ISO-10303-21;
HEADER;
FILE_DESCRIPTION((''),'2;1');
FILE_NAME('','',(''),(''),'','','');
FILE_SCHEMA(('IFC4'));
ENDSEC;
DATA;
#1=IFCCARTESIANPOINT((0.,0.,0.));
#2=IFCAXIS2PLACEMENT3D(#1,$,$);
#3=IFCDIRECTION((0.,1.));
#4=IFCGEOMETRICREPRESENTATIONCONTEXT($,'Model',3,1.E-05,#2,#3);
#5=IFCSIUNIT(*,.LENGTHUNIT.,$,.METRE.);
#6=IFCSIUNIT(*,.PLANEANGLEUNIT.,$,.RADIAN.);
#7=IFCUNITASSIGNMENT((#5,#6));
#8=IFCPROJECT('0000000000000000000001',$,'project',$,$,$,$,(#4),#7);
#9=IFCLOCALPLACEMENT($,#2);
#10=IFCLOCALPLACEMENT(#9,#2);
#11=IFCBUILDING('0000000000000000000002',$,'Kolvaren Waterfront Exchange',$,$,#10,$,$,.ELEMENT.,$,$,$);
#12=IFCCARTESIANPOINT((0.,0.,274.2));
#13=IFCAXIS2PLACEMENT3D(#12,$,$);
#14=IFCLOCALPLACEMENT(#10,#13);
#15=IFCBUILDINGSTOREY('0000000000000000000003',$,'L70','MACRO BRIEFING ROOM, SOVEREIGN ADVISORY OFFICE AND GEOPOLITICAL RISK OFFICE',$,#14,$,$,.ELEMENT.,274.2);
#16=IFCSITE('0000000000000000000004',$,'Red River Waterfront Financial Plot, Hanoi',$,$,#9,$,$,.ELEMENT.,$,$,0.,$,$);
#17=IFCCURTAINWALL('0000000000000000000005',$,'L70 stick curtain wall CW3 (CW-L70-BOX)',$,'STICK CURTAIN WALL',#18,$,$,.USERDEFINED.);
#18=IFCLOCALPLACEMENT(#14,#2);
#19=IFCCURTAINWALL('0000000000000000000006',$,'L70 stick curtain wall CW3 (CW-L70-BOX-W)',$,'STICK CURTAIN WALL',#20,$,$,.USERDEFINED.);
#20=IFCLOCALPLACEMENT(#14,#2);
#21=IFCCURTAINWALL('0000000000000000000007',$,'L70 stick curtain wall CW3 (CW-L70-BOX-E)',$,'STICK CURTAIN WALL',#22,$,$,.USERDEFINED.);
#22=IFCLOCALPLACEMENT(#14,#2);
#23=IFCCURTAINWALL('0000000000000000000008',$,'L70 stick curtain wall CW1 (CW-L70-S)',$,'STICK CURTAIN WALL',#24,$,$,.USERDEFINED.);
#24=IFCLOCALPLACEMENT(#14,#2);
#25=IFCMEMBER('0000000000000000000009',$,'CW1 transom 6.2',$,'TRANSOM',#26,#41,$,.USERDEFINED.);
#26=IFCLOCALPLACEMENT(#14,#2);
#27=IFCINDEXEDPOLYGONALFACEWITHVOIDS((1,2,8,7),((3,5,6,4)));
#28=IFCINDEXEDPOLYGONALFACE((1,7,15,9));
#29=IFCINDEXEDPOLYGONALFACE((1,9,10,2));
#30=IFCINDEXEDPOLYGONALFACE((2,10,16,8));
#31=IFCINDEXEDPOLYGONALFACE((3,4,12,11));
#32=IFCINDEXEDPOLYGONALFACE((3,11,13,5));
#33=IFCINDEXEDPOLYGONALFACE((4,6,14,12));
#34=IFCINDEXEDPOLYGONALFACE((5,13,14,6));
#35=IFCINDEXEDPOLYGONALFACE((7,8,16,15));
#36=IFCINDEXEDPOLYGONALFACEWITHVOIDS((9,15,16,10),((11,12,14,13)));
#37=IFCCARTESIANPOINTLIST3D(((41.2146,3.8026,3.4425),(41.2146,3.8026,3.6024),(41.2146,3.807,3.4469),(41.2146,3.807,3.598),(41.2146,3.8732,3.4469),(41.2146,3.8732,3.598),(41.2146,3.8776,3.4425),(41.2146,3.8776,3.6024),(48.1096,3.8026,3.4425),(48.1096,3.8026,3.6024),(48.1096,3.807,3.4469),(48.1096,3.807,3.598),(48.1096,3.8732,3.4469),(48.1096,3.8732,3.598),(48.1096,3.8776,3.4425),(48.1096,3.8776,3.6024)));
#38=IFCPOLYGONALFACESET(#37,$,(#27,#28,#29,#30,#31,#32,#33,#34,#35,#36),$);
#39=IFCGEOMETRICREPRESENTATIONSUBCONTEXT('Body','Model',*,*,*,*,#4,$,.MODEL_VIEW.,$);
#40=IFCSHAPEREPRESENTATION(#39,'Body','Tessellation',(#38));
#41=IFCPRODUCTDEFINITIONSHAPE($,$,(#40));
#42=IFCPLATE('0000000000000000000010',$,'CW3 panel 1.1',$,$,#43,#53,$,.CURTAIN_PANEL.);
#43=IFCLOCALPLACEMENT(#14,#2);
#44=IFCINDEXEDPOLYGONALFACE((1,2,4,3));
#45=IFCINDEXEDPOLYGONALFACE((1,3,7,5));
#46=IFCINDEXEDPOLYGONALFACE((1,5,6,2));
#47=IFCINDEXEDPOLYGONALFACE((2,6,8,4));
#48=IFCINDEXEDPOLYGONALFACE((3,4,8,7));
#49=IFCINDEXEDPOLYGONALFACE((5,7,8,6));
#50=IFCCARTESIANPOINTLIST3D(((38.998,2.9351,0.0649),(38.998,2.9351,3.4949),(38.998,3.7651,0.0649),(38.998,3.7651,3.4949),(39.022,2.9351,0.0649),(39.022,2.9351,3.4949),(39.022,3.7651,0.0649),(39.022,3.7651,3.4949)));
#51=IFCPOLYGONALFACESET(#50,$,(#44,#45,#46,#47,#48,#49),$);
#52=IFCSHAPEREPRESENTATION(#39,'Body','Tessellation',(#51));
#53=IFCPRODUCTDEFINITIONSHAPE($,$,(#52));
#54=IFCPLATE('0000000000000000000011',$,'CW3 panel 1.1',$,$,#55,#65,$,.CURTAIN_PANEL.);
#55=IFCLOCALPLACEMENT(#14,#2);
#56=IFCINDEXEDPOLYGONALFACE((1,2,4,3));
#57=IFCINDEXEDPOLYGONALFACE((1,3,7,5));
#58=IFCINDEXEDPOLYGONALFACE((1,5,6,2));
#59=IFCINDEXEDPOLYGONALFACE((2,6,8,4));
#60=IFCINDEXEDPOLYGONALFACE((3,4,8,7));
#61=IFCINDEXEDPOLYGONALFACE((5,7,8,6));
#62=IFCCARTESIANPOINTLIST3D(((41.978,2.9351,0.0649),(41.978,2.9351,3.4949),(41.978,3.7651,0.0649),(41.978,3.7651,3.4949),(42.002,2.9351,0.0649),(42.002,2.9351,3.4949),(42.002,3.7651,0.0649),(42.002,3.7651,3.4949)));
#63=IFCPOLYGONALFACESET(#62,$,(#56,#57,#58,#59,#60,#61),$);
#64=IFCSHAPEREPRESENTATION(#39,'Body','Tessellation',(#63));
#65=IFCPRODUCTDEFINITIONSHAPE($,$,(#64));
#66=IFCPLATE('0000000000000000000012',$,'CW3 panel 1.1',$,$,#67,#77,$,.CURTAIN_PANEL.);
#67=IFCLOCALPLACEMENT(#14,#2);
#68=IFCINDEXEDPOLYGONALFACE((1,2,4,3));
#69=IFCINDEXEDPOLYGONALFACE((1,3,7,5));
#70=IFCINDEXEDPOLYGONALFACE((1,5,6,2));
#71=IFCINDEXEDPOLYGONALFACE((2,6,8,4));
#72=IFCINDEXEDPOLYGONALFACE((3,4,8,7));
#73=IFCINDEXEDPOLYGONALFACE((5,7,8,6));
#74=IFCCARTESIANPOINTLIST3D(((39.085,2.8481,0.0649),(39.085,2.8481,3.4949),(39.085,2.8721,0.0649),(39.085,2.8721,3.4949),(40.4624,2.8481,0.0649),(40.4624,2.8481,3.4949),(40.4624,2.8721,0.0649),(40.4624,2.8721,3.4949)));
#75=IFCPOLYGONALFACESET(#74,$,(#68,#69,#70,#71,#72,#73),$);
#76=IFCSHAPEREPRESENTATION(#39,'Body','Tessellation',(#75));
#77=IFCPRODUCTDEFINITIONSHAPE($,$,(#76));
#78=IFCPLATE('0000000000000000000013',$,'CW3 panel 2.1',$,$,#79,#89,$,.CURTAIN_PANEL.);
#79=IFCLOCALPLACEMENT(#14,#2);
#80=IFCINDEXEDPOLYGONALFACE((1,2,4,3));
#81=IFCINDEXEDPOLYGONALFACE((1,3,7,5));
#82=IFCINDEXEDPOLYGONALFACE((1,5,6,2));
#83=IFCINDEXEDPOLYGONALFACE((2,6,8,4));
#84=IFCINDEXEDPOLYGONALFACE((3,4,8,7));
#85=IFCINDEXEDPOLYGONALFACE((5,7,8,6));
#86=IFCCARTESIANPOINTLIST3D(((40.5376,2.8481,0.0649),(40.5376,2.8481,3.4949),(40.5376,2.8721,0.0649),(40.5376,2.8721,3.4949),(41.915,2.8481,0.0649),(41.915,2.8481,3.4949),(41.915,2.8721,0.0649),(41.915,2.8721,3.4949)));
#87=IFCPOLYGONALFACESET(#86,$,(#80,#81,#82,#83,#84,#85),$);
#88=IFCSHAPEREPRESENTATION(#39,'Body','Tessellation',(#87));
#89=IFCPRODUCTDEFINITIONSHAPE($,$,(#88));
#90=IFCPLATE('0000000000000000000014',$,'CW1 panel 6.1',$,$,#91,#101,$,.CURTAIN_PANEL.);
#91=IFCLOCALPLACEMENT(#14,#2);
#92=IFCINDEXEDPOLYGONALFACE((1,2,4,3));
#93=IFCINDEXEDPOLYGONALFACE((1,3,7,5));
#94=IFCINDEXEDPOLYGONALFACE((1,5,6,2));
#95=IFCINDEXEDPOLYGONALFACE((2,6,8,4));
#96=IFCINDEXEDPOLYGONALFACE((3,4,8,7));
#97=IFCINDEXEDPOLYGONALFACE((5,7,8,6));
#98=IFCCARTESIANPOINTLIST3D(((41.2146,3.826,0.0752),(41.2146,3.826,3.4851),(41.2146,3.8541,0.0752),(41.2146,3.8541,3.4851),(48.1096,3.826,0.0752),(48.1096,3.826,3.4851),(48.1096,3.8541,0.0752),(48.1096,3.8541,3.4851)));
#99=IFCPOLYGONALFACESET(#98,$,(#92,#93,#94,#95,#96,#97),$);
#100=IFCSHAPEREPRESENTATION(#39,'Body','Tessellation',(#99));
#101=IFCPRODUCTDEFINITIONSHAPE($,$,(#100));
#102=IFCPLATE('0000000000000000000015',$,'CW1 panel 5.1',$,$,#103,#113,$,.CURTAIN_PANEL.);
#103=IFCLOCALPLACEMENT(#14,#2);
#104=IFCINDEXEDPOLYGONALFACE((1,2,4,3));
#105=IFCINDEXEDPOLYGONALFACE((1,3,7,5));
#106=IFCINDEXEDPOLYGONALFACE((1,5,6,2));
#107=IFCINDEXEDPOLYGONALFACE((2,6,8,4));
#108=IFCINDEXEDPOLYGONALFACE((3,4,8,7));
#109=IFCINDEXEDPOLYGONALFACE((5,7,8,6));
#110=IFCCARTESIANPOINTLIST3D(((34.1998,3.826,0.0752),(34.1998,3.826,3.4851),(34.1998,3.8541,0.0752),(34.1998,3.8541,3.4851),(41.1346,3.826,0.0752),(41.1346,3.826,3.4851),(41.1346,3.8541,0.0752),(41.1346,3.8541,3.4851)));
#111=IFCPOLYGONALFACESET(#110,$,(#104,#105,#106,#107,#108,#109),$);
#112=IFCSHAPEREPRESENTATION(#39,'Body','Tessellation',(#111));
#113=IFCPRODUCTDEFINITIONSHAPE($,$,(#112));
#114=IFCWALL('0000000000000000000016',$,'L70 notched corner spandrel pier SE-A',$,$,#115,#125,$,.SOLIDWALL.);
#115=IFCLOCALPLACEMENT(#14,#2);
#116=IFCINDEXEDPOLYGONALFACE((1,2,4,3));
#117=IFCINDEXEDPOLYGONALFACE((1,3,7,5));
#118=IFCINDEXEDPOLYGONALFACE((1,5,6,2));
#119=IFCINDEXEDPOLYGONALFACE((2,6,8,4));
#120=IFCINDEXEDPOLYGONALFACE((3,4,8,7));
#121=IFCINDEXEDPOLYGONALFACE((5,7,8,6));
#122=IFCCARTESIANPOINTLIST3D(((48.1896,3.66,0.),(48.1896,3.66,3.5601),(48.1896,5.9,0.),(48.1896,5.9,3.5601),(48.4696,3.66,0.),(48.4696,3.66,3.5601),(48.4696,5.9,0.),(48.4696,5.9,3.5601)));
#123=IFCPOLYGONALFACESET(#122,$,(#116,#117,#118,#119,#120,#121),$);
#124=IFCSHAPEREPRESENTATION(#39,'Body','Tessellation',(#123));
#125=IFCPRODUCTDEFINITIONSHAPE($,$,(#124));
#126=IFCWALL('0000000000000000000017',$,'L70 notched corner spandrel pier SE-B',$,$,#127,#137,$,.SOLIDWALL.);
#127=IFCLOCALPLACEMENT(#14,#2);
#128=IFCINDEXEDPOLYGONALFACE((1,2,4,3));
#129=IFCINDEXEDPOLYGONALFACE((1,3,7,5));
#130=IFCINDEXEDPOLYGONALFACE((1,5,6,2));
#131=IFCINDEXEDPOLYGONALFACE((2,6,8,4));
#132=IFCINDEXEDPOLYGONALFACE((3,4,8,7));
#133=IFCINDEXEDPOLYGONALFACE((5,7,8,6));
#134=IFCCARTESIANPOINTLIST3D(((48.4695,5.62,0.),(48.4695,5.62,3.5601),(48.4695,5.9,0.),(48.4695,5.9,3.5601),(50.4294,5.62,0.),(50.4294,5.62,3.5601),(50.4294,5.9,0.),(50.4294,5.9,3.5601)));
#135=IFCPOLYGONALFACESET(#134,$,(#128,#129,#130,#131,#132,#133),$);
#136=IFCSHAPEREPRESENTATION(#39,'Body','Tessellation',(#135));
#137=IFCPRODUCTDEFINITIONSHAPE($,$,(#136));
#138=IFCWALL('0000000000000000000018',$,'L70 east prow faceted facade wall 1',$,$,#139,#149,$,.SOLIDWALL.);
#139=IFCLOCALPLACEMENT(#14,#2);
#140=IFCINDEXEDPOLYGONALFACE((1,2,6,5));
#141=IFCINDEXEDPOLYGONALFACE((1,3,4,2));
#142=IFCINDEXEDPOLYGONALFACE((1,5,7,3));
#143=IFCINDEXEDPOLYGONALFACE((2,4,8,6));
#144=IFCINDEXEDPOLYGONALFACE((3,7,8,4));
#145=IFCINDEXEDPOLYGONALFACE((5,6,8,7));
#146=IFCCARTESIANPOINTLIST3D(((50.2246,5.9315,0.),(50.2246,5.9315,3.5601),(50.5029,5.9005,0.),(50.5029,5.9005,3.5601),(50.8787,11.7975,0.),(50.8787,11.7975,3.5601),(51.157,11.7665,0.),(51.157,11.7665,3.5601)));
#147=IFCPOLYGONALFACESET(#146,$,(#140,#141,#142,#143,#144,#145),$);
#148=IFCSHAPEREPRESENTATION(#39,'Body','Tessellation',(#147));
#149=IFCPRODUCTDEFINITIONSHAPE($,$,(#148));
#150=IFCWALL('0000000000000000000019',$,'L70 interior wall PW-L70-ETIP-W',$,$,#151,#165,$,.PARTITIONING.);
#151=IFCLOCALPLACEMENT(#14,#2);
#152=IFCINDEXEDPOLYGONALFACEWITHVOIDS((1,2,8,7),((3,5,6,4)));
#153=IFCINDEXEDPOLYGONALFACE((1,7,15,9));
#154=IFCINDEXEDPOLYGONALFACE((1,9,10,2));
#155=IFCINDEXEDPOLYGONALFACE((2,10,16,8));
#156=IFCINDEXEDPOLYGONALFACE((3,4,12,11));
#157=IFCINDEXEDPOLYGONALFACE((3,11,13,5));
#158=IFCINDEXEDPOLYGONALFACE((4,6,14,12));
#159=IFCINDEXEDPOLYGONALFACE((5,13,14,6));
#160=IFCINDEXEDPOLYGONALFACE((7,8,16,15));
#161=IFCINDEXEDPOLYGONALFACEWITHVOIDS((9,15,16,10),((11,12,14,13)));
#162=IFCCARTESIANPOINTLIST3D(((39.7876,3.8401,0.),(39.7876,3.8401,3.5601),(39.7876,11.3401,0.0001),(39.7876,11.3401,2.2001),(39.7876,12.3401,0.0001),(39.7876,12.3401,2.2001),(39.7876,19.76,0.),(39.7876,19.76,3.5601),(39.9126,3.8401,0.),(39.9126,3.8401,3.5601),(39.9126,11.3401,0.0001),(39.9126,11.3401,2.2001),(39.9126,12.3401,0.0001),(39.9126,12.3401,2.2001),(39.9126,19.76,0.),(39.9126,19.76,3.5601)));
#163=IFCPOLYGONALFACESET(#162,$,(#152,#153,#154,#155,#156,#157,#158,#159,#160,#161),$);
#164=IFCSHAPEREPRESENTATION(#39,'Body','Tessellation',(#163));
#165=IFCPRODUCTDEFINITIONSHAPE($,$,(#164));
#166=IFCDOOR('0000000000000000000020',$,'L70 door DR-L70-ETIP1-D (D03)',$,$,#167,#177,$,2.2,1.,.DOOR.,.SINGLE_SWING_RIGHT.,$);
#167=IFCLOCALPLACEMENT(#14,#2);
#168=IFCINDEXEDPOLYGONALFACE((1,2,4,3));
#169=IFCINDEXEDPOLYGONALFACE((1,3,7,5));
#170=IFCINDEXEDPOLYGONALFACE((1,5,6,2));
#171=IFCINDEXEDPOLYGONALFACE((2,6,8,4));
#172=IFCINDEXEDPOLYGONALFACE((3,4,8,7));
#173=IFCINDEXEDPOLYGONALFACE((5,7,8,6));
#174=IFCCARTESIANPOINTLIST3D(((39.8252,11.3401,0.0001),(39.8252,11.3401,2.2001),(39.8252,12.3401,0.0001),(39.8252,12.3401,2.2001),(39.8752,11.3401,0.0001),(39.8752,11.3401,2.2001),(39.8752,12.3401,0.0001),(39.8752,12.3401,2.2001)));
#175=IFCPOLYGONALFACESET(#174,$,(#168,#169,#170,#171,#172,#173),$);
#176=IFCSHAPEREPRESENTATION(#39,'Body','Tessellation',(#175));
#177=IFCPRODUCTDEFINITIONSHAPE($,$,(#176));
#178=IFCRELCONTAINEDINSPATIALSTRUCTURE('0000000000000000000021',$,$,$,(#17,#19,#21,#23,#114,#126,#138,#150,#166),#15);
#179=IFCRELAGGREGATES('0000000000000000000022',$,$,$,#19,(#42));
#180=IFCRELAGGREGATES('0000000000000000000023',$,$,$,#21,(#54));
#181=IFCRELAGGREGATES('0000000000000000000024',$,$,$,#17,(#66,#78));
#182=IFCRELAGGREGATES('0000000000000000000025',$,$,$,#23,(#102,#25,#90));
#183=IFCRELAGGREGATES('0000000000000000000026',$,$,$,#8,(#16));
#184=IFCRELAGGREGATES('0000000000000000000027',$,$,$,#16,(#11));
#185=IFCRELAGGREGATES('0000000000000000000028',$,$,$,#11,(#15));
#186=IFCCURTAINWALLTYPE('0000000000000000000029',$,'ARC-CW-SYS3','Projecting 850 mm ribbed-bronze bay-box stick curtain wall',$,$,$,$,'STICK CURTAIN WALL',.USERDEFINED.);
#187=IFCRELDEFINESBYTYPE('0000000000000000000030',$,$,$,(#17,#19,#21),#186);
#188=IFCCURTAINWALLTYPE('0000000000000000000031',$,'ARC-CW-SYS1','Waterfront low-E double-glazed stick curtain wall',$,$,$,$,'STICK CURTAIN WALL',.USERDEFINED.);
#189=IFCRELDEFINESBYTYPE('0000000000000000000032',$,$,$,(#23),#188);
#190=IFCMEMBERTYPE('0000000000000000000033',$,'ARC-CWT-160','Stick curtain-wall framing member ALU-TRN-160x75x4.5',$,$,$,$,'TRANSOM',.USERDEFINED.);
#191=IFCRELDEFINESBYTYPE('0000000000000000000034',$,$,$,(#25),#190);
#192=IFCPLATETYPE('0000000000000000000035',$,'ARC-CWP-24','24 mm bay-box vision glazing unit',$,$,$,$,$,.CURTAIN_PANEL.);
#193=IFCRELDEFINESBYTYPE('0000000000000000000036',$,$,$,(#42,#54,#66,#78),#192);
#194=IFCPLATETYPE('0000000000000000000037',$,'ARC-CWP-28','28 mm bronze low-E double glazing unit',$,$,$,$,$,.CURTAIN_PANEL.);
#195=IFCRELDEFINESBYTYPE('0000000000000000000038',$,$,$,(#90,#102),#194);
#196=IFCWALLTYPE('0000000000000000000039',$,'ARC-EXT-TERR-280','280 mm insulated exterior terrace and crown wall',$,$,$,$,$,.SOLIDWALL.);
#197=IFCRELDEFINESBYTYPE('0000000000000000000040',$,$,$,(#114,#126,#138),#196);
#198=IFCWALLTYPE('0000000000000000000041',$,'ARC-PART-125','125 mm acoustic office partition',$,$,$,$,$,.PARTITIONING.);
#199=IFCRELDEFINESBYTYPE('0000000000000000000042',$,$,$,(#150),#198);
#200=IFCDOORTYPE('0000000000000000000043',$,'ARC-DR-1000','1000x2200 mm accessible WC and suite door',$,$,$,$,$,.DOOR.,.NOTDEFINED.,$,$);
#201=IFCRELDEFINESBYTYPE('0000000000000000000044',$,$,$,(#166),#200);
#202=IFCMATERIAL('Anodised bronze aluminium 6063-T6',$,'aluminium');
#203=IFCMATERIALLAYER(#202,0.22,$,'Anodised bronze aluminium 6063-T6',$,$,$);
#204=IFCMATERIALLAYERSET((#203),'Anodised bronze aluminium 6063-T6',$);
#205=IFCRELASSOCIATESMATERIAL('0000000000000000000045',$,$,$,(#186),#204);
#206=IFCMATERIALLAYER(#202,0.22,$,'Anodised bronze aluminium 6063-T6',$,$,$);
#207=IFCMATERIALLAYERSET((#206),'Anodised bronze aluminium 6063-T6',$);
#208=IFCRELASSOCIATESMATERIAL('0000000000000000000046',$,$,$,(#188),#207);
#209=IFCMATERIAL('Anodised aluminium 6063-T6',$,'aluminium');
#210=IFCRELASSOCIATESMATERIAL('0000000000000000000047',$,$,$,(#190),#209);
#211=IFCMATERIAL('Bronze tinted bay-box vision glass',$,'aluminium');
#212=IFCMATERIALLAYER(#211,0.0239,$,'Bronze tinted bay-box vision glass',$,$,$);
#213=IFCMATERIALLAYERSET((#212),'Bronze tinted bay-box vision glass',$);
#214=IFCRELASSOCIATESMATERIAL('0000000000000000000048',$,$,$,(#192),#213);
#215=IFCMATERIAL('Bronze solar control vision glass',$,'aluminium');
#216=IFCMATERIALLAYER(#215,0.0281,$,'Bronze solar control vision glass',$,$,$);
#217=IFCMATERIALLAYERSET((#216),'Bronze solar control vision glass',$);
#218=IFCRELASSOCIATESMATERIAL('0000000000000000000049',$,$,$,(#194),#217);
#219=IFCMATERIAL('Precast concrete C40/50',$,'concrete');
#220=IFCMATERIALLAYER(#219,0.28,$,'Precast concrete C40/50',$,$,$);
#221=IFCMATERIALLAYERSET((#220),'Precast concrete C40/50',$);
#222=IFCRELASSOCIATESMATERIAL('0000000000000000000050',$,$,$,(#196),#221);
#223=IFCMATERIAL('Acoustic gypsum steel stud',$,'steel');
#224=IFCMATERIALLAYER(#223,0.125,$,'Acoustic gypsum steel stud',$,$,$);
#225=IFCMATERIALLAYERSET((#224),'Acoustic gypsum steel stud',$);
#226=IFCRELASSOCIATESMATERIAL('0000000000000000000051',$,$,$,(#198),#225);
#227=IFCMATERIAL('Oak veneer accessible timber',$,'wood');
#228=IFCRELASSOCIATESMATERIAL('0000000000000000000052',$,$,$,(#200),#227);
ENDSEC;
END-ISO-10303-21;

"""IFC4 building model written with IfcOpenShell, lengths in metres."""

from ifc_helpers import new_model, si_unit, direction, frame, frame_2d, origin, origin_with_axes, origin_2d, place, context, subcontext, project, spatial, rectangle, hollow_rectangle, extrude, source, transform, mapped, material, layer, layer_set, material_profile, profile_set, type_object, element, fill, aggregate, save


model = new_model("IFC4")

# Units and contexts
model_context = context("Model", 3, precision=1e-05, world=origin(), true_north=direction((0.0, 1.0)))
body_context = subcontext(model_context, "Body", "Model", "MODEL_VIEW")
ifc_project = project(units=[si_unit("LENGTHUNIT", "METRE"), si_unit("PLANEANGLEUNIT", "RADIAN")], contexts=[model_context])

# Site, building, storey
site_placement = place(None, origin())
site = spatial("IfcSite", under=ifc_project, at=site_placement, Name="Red River Waterfront Financial Plot, Hanoi", CompositionType="ELEMENT", RefElevation=0.0)
building_placement = place(site_placement, origin())
building = spatial("IfcBuilding", under=site, at=building_placement, Name="Kolvaren Waterfront Exchange", CompositionType="ELEMENT")
storey_placement = place(building_placement, frame((0.0, 0.0, 274.2)))
storey = spatial("IfcBuildingStorey", under=building, at=storey_placement, Name="L70", Description="MACRO BRIEFING ROOM, SOVEREIGN ADVISORY OFFICE AND GEOPOLITICAL RISK OFFICE", CompositionType="ELEMENT", Elevation=274.2)

# Curtain walls
ifc_material_1 = material(Name="Anodised bronze aluminium 6063-T6", Category="aluminium")
ifc_layer_1 = layer(ifc_material_1, 0.22, Name="Anodised bronze aluminium 6063-T6")
ifc_layer_set_1 = layer_set([ifc_layer_1], Name="Anodised bronze aluminium 6063-T6")
curtain_wall_type_1 = type_object("IfcCurtainWallType", Name="ARC-CW-SYS3", Description="Projecting 850 mm ribbed-bronze bay-box stick curtain wall", ElementType="STICK CURTAIN WALL", PredefinedType="USERDEFINED", material=ifc_layer_set_1)
curtain_wall_1_placement = place(storey_placement, origin())
curtain_wall_1 = element("IfcCurtainWall", 1, at=curtain_wall_1_placement, inside=storey, type_object=curtain_wall_type_1, Name="L70 stick curtain wall CW3 (CW-L70-BOX)", ObjectType="STICK CURTAIN WALL", PredefinedType="USERDEFINED")
curtain_wall_2_placement = place(storey_placement, origin())
curtain_wall_2 = element("IfcCurtainWall", 2, at=curtain_wall_2_placement, inside=storey, type_object=curtain_wall_type_1, Name="L70 stick curtain wall CW3 (CW-L70-BOX-W)", ObjectType="STICK CURTAIN WALL", PredefinedType="USERDEFINED")
curtain_wall_3_placement = place(storey_placement, origin())
curtain_wall_3 = element("IfcCurtainWall", 3, at=curtain_wall_3_placement, inside=storey, type_object=curtain_wall_type_1, Name="L70 stick curtain wall CW3 (CW-L70-BOX-E)", ObjectType="STICK CURTAIN WALL", PredefinedType="USERDEFINED")

# Curtain wall, member
ifc_layer_2 = layer(ifc_material_1, 0.22, Name="Anodised bronze aluminium 6063-T6")
ifc_layer_set_2 = layer_set([ifc_layer_2], Name="Anodised bronze aluminium 6063-T6")
curtain_wall_type_2 = type_object("IfcCurtainWallType", Name="ARC-CW-SYS1", Description="Waterfront low-E double-glazed stick curtain wall", ElementType="STICK CURTAIN WALL", PredefinedType="USERDEFINED", material=ifc_layer_set_2)
curtain_wall_4_placement = place(storey_placement, origin())
curtain_wall_4 = element("IfcCurtainWall", 4, at=curtain_wall_4_placement, inside=storey, type_object=curtain_wall_type_2, Name="L70 stick curtain wall CW1 (CW-L70-S)", ObjectType="STICK CURTAIN WALL", PredefinedType="USERDEFINED")
ifc_material_2 = material(Name="Anodised aluminium 6063-T6", Category="aluminium")
ifc_material_profile_1 = material_profile(ifc_material_2, hollow_rectangle(XDim=0.075, YDim=0.1599, WallThickness=0.0044, at=origin_2d()), Name="ALU-TRN-160x75x4.5")
ifc_profile_set_1 = profile_set([ifc_material_profile_1], Name="Anodised aluminium 6063-T6")
member_type_1 = type_object("IfcMemberType", Name="ARC-CWT-160", Description="Stick curtain-wall framing member ALU-TRN-160x75x4.5", ElementType="TRANSOM", PredefinedType="USERDEFINED", material=ifc_profile_set_1)
shared_shape_1 = source(origin_with_axes(), body_context, "Body", "SweptSolid", [
    extrude(hollow_rectangle(XDim=0.075, YDim=0.1599, WallThickness=0.0044, at=origin_2d()), origin(), (0.0, 0.0, 1.0), 6.895),
])
member_1_placement = place(storey_placement, frame((41.2146, 3.8401, 3.5225), z_axis=(1.0, 0.0, 0.0), x_axis=(0.0, 1.0, 0.0)))
member_1 = element("IfcMember", 5, at=member_1_placement, type_object=member_type_1, Name="CW1 transom 6.2", ObjectType="TRANSOM", PredefinedType="USERDEFINED", context=body_context, shape_type="MappedRepresentation", body=[
    mapped(shared_shape_1, transform((0.0, 0.0, 0.0), x_axis=(1.0, 0.0, 0.0), y_axis=(0.0, 1.0, 0.0), z_axis=(0.0, 0.0, 1.0), scale=1.0)),
])

# Plates
ifc_material_3 = material(Name="Bronze tinted bay-box vision glass", Category="aluminium")
ifc_layer_3 = layer(ifc_material_3, 0.0239, Name="Bronze tinted bay-box vision glass")
ifc_layer_set_3 = layer_set([ifc_layer_3], Name="Bronze tinted bay-box vision glass")
plate_type_1 = type_object("IfcPlateType", Name="ARC-CWP-24", Description="24 mm bay-box vision glazing unit", PredefinedType="CURTAIN_PANEL", material=ifc_layer_set_3)
shared_shape_2 = source(origin_with_axes(), body_context, "Body", "SweptSolid", [
    extrude(rectangle(XDim=0.8301, YDim=0.0239, at=origin_2d()), origin(), (0.0, 0.0, 1.0), 3.4299),
])
plate_1_placement = place(storey_placement, frame((39.01, 3.3501, 0.0649), z_axis=(0.0, 0.0, 1.0), x_axis=(0.0, -1.0, 0.0)))
plate_1 = element("IfcPlate", 6, at=plate_1_placement, type_object=plate_type_1, Name="CW3 panel 1.1", PredefinedType="CURTAIN_PANEL", context=body_context, shape_type="MappedRepresentation", body=[
    mapped(shared_shape_2, transform((0.0, 0.0, 0.0), x_axis=(1.0, 0.0, 0.0), y_axis=(0.0, 1.0, 0.0), z_axis=(0.0, 0.0, 1.0), scale=1.0)),
])
aggregate(curtain_wall_2, [plate_1])
plate_2_placement = place(storey_placement, frame((41.99, 3.3501, 0.0649), z_axis=(0.0, 0.0, 1.0), x_axis=(0.0, 1.0, 0.0)))
plate_2 = element("IfcPlate", 7, at=plate_2_placement, type_object=plate_type_1, Name="CW3 panel 1.1", PredefinedType="CURTAIN_PANEL", context=body_context, shape_type="MappedRepresentation", body=[
    mapped(shared_shape_2, transform((0.0, 0.0, 0.0), x_axis=(1.0, 0.0, 0.0), y_axis=(0.0, 1.0, 0.0), z_axis=(0.0, 0.0, 1.0), scale=1.0)),
])
aggregate(curtain_wall_3, [plate_2])
shared_shape_3 = source(origin_with_axes(), body_context, "Body", "SweptSolid", [
    extrude(rectangle(XDim=1.3774, YDim=0.0239, at=origin_2d()), origin(), (0.0, 0.0, 1.0), 3.4299),
])
plate_3_placement = place(storey_placement, frame((39.7737, 2.8601, 0.0649), z_axis=(0.0, 0.0, 1.0), x_axis=(1.0, 0.0, 0.0)))
plate_3 = element("IfcPlate", 8, at=plate_3_placement, type_object=plate_type_1, Name="CW3 panel 1.1", PredefinedType="CURTAIN_PANEL", context=body_context, shape_type="MappedRepresentation", body=[
    mapped(shared_shape_3, transform((0.0, 0.0, 0.0), x_axis=(1.0, 0.0, 0.0), y_axis=(0.0, 1.0, 0.0), z_axis=(0.0, 0.0, 1.0), scale=1.0)),
])
plate_4_placement = place(storey_placement, frame((41.2263, 2.8601, 0.0649), z_axis=(0.0, 0.0, 1.0), x_axis=(1.0, 0.0, 0.0)))
plate_4 = element("IfcPlate", 9, at=plate_4_placement, type_object=plate_type_1, Name="CW3 panel 2.1", PredefinedType="CURTAIN_PANEL", context=body_context, shape_type="MappedRepresentation", body=[
    mapped(shared_shape_3, transform((0.0, 0.0, 0.0), x_axis=(1.0, 0.0, 0.0), y_axis=(0.0, 1.0, 0.0), z_axis=(0.0, 0.0, 1.0), scale=1.0)),
])
aggregate(curtain_wall_1, [plate_3, plate_4])
ifc_material_4 = material(Name="Bronze solar control vision glass", Category="aluminium")
ifc_layer_4 = layer(ifc_material_4, 0.0281, Name="Bronze solar control vision glass")
ifc_layer_set_4 = layer_set([ifc_layer_4], Name="Bronze solar control vision glass")
plate_type_2 = type_object("IfcPlateType", Name="ARC-CWP-28", Description="28 mm bronze low-E double glazing unit", PredefinedType="CURTAIN_PANEL", material=ifc_layer_set_4)
shared_shape_4 = source(origin_with_axes(), body_context, "Body", "SweptSolid", [
    extrude(rectangle(XDim=6.895, YDim=0.0281, at=origin_2d()), origin(), (0.0, 0.0, 1.0), 3.4099),
])
plate_5_placement = place(storey_placement, frame((44.6621, 3.8401, 0.0752), z_axis=(0.0, 0.0, 1.0), x_axis=(1.0, 0.0, 0.0)))
plate_5 = element("IfcPlate", 10, at=plate_5_placement, type_object=plate_type_2, Name="CW1 panel 6.1", PredefinedType="CURTAIN_PANEL", context=body_context, shape_type="MappedRepresentation", body=[
    mapped(shared_shape_4, transform((0.0, 0.0, 0.0), x_axis=(1.0, 0.0, 0.0), y_axis=(0.0, 1.0, 0.0), z_axis=(0.0, 0.0, 1.0), scale=1.0)),
])
shared_shape_5 = source(origin_with_axes(), body_context, "Body", "SweptSolid", [
    extrude(rectangle(XDim=6.9348, YDim=0.0281, at=origin_2d()), origin(), (0.0, 0.0, 1.0), 3.4099),
])
plate_6_placement = place(storey_placement, frame((37.6672, 3.8401, 0.0752), z_axis=(0.0, 0.0, 1.0), x_axis=(1.0, 0.0, 0.0)))
plate_6 = element("IfcPlate", 11, at=plate_6_placement, type_object=plate_type_2, Name="CW1 panel 5.1", PredefinedType="CURTAIN_PANEL", context=body_context, shape_type="MappedRepresentation", body=[
    mapped(shared_shape_5, transform((0.0, 0.0, 0.0), x_axis=(1.0, 0.0, 0.0), y_axis=(0.0, 1.0, 0.0), z_axis=(0.0, 0.0, 1.0), scale=1.0)),
])
aggregate(curtain_wall_4, [plate_6, member_1, plate_5])

# Walls
ifc_material_5 = material(Name="Precast concrete C40/50", Category="concrete")
ifc_layer_5 = layer(ifc_material_5, 0.28, Name="Precast concrete C40/50")
ifc_layer_set_5 = layer_set([ifc_layer_5], Name="Precast concrete C40/50")
wall_type_1 = type_object("IfcWallType", Name="ARC-EXT-TERR-280", Description="280 mm insulated exterior terrace and crown wall", PredefinedType="SOLIDWALL", material=ifc_layer_set_5)
wall_1_placement = place(storey_placement, frame((48.3296, 3.6599, 0.0), z_axis=(0.0, 0.0, 1.0), x_axis=(0.0, 1.0, 0.0)))
element("IfcWall", 12, at=wall_1_placement, inside=storey, type_object=wall_type_1, Name="L70 notched corner spandrel pier SE-A", PredefinedType="SOLIDWALL", context=body_context, shape_type="SweptSolid", body=[
    extrude(rectangle(XDim=2.24, YDim=0.28, at=frame_2d((1.1201, 0.0))), origin(), (0.0, 0.0, 1.0), 3.5601),
])
wall_2_placement = place(storey_placement, frame((48.4695, 5.76, 0.0), z_axis=(0.0, 0.0, 1.0), x_axis=(1.0, 0.0, 0.0)))
element("IfcWall", 13, at=wall_2_placement, inside=storey, type_object=wall_type_1, Name="L70 notched corner spandrel pier SE-B", PredefinedType="SOLIDWALL", context=body_context, shape_type="SweptSolid", body=[
    extrude(rectangle(XDim=1.96, YDim=0.28, at=frame_2d((0.98, 0.0))), origin(), (0.0, 0.0, 1.0), 3.5601),
])
wall_3_placement = place(storey_placement, frame((50.3638, 5.916, 0.0), z_axis=(0.0, 0.0, 1.0), x_axis=(0.110813, 0.993841, 0.0)))
element("IfcWall", 14, at=wall_3_placement, inside=storey, type_object=wall_type_1, Name="L70 east prow faceted facade wall 1", PredefinedType="SOLIDWALL", context=body_context, shape_type="SweptSolid", body=[
    extrude(rectangle(XDim=5.9023, YDim=0.28, at=frame_2d((2.9512, 0.0))), origin(), (0.0, 0.0, 1.0), 3.5601),
])

# Wall, opening, door
ifc_material_6 = material(Name="Acoustic gypsum steel stud", Category="steel")
ifc_layer_6 = layer(ifc_material_6, 0.125, Name="Acoustic gypsum steel stud")
ifc_layer_set_6 = layer_set([ifc_layer_6], Name="Acoustic gypsum steel stud")
wall_type_2 = type_object("IfcWallType", Name="ARC-PART-125", Description="125 mm acoustic office partition", PredefinedType="PARTITIONING", material=ifc_layer_set_6)
wall_4_placement = place(storey_placement, frame((39.8501, 3.8401, 0.0), z_axis=(0.0, 0.0, 1.0), x_axis=(0.0, 1.0, 0.0)))
wall_4 = element("IfcWall", 15, at=wall_4_placement, inside=storey, type_object=wall_type_2, Name="L70 interior wall PW-L70-ETIP-W", PredefinedType="PARTITIONING", context=body_context, shape_type="SweptSolid", body=[
    extrude(rectangle(XDim=15.9199, YDim=0.125, at=frame_2d((7.96, 0.0))), origin(), (0.0, 0.0, 1.0), 3.5601),
])
opening_placement = place(wall_4_placement, frame((7.5, 0.0, 0.0)))
opening = element("IfcOpeningElement", 16, at=opening_placement, cuts=wall_4, PredefinedType="OPENING", context=body_context, shape_type="SweptSolid", body=[
    extrude(rectangle(XDim=1.0, YDim=2.2, at=frame_2d((0.5, 1.1001))), frame((0.0, 0.0725, 0.0), z_axis=(0.0, -1.0, 0.0), x_axis=(1.0, 0.0, 0.0)), (0.0, 0.0, 1.0), 0.145),
])
ifc_material_7 = material(Name="Oak veneer accessible timber", Category="wood")
door_type = type_object("IfcDoorType", Name="ARC-DR-1000", Description="1000x2200 mm accessible WC and suite door", OperationType="NOTDEFINED", PredefinedType="DOOR", material=ifc_material_7)
door_placement = place(opening_placement, origin())
door = element("IfcDoor", 17, at=door_placement, inside=storey, type_object=door_type, Name="L70 door DR-L70-ETIP1-D (D03)", OperationType="SINGLE_SWING_RIGHT", OverallHeight=2.2, OverallWidth=1.0, PredefinedType="DOOR", context=body_context, shape_type="SweptSolid", body=[
    extrude(rectangle(XDim=1.0, YDim=2.2, at=frame_2d((0.5, 1.1001))), frame((0.0, 0.0249, 0.0), z_axis=(0.0, -1.0, 0.0), x_axis=(1.0, 0.0, 0.0)), (0.0, 0.0, 1.0), 0.05),
])
fill(opening, door)

save(model, "model.ifc")
